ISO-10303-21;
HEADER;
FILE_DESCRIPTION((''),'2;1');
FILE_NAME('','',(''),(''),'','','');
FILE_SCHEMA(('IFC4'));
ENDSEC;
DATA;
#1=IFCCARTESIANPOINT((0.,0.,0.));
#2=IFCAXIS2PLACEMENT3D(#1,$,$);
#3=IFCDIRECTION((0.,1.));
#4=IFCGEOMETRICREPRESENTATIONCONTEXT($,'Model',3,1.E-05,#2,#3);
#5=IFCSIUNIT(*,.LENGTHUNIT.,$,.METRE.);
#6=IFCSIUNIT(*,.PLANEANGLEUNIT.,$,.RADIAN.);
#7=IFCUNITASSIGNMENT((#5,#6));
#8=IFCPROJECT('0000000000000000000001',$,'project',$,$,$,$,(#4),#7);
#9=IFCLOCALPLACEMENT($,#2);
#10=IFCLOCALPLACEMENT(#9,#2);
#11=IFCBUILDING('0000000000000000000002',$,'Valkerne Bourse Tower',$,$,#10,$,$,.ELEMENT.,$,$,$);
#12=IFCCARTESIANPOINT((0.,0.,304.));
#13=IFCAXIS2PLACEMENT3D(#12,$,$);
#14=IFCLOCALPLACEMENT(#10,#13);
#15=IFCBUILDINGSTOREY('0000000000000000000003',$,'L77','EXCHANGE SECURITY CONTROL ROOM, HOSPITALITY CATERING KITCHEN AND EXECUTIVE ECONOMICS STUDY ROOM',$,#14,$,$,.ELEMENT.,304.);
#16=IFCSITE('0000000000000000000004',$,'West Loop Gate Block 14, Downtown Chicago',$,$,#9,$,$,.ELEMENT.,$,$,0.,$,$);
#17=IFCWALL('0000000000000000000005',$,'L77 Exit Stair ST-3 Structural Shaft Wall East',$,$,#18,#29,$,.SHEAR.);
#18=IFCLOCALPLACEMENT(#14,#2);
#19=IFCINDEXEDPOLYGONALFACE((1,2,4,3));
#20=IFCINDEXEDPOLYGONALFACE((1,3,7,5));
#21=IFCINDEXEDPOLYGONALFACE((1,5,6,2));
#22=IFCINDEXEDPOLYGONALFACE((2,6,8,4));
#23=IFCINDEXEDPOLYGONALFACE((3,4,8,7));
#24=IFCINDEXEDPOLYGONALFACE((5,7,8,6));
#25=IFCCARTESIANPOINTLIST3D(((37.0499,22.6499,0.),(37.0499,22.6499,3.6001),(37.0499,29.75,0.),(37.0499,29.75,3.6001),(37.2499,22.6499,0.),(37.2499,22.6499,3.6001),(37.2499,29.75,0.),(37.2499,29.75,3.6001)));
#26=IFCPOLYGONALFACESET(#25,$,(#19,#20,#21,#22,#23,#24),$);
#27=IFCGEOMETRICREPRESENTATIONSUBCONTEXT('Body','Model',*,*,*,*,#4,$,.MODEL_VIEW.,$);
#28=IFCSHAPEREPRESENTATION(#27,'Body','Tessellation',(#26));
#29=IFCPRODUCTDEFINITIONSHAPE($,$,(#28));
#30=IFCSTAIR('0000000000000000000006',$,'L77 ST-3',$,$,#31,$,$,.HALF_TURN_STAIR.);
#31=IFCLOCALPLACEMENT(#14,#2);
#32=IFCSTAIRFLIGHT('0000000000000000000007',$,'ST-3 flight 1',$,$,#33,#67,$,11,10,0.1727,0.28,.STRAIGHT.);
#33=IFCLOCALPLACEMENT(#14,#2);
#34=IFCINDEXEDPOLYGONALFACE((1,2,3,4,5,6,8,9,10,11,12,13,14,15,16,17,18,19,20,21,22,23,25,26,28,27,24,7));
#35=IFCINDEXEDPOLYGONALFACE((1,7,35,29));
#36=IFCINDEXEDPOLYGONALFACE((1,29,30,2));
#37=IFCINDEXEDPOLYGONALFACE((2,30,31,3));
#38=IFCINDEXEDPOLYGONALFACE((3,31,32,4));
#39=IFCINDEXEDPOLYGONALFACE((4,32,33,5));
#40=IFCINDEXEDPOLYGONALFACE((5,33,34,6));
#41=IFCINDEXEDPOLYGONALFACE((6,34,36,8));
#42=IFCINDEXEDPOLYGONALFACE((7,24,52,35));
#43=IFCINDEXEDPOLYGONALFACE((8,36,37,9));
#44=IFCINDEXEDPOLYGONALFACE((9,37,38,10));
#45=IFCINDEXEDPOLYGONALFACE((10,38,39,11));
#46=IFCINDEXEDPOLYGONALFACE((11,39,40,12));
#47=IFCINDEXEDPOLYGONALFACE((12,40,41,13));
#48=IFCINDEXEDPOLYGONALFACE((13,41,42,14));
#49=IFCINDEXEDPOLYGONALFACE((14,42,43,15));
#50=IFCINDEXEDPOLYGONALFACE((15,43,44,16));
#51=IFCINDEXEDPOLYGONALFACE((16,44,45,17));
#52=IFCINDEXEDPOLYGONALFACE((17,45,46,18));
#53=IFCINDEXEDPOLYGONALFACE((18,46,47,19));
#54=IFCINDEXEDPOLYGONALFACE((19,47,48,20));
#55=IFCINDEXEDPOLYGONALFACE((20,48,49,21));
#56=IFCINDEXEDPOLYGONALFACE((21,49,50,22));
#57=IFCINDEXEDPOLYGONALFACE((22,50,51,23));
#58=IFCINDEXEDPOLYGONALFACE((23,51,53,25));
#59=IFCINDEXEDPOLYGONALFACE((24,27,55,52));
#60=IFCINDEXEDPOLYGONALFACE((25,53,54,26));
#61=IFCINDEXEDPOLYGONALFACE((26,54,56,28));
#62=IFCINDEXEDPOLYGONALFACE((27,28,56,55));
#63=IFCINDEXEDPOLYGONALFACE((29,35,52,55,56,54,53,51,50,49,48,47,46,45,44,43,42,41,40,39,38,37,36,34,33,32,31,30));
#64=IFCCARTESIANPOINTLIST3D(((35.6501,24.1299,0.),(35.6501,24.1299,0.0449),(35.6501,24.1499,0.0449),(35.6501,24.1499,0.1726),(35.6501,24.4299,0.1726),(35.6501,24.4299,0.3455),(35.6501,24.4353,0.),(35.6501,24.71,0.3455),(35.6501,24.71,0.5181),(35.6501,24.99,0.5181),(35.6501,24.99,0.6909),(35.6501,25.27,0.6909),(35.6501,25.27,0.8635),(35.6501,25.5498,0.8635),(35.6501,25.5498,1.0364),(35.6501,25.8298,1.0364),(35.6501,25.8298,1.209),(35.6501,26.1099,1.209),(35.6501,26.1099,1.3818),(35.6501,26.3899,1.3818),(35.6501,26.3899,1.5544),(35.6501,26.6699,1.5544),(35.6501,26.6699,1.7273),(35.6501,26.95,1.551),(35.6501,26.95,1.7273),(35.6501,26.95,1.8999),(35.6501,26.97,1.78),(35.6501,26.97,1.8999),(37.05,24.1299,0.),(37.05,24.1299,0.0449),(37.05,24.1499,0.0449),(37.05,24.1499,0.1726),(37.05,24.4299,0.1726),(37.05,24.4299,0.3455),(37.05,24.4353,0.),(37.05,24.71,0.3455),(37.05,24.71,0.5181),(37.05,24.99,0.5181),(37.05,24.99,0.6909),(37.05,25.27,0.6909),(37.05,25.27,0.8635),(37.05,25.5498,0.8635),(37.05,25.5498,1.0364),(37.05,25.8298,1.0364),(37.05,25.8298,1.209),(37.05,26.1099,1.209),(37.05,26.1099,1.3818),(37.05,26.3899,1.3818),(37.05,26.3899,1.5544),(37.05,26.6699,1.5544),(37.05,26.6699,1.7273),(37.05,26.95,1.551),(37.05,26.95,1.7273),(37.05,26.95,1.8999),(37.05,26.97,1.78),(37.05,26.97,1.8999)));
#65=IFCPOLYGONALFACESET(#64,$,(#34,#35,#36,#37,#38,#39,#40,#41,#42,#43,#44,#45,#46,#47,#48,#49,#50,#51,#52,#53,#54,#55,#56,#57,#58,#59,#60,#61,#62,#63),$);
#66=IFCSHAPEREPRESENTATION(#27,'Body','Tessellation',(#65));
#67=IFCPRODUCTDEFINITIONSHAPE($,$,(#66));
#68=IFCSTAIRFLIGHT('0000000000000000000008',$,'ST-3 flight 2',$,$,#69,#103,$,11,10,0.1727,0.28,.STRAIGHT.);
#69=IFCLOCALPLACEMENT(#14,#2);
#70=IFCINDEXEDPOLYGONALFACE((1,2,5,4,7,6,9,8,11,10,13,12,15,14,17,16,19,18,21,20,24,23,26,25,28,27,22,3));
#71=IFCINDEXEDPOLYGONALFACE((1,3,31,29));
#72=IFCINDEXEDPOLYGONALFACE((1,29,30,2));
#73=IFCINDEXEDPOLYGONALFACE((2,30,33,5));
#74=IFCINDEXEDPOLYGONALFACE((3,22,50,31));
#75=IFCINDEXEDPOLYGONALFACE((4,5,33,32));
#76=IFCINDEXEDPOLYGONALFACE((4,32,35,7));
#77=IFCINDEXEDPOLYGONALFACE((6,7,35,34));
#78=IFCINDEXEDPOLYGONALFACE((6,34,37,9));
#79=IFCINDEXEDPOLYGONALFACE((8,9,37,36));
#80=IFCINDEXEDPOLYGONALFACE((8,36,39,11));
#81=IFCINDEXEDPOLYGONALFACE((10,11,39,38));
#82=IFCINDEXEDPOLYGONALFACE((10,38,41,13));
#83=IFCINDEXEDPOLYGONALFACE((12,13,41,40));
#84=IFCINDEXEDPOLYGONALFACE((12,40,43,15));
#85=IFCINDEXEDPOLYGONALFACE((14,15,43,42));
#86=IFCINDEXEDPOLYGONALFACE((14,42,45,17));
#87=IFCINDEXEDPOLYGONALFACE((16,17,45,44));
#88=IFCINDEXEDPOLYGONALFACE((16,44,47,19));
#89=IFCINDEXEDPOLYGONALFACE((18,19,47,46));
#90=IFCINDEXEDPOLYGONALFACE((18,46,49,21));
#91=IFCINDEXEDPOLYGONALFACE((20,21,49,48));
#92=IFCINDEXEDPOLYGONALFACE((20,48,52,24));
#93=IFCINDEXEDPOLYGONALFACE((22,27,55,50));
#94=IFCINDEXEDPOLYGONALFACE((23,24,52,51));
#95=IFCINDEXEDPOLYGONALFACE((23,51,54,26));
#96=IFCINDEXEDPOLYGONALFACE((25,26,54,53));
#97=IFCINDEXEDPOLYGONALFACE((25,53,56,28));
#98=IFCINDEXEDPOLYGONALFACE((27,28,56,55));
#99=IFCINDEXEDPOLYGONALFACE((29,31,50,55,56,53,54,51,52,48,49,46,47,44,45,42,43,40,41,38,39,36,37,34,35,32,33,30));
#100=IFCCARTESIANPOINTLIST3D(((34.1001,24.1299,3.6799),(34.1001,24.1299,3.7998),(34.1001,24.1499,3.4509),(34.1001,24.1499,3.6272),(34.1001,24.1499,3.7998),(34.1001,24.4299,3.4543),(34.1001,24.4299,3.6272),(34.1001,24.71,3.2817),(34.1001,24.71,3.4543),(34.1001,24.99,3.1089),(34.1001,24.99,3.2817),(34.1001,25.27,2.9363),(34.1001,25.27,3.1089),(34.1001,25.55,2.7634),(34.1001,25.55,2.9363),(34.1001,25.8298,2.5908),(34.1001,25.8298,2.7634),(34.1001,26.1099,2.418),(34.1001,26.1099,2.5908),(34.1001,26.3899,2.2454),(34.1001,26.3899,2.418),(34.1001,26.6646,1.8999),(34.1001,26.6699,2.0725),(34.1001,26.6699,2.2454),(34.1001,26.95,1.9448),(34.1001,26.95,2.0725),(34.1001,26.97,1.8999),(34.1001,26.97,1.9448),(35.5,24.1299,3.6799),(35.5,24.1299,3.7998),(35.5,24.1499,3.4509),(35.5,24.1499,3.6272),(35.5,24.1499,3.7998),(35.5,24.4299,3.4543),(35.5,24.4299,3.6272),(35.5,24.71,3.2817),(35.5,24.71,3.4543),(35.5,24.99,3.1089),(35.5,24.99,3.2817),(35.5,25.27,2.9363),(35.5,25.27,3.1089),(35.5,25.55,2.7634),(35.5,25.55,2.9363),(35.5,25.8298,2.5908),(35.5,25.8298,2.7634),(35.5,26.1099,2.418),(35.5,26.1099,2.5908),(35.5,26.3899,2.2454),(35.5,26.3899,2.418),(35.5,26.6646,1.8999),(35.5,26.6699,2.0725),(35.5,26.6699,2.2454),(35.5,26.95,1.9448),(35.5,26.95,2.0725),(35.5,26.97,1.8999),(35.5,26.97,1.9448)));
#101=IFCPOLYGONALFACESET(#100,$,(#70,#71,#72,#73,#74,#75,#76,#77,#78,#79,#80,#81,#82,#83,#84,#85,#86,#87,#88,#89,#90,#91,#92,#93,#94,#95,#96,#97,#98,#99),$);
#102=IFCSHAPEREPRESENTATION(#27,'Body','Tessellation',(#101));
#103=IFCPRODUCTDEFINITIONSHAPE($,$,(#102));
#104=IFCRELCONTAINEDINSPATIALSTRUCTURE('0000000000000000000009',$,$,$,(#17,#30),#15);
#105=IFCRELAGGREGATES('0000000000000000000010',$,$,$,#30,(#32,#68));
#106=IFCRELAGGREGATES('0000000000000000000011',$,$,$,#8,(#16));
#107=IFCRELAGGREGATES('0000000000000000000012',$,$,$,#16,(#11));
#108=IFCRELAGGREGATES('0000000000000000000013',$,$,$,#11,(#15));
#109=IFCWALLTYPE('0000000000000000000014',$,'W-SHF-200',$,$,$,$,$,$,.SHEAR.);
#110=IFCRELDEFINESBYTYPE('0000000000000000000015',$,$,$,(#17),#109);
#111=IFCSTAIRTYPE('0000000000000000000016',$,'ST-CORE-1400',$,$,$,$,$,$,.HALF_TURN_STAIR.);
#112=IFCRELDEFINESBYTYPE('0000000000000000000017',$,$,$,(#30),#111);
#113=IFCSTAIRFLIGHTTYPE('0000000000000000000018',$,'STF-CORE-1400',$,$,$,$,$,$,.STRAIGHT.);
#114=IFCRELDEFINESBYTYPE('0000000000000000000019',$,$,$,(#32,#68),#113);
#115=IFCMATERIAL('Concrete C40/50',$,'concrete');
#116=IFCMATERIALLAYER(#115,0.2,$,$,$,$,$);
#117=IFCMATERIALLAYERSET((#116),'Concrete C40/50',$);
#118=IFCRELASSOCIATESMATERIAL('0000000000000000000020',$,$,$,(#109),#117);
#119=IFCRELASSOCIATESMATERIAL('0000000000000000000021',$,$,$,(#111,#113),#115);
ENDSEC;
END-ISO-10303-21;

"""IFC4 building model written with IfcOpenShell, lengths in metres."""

from ifc_helpers import new_model, si_unit, direction, frame, frame_2d, origin, place, context, subcontext, project, spatial, polyline, rectangle, outline, extrude, material, layer, layer_set, type_object, element, aggregate, save


model = new_model("IFC4")

# Units and contexts
model_context = context("Model", 3, precision=1e-05, world=origin(), true_north=direction((0.0, 1.0)))
body_context = subcontext(model_context, "Body", "Model", "MODEL_VIEW")
ifc_project = project(units=[si_unit("LENGTHUNIT", "METRE"), si_unit("PLANEANGLEUNIT", "RADIAN")], contexts=[model_context])

# Site, building, storey
site_placement = place(None, origin())
site = spatial("IfcSite", under=ifc_project, at=site_placement, Name="West Loop Gate Block 14, Downtown Chicago", CompositionType="ELEMENT", RefElevation=0.0)
building_placement = place(site_placement, origin())
building = spatial("IfcBuilding", under=site, at=building_placement, Name="Valkerne Bourse Tower", CompositionType="ELEMENT")
storey_placement = place(building_placement, frame((0.0, 0.0, 304.0)))
storey = spatial("IfcBuildingStorey", under=building, at=storey_placement, Name="L77", Description="EXCHANGE SECURITY CONTROL ROOM, HOSPITALITY CATERING KITCHEN AND EXECUTIVE ECONOMICS STUDY ROOM", CompositionType="ELEMENT", Elevation=304.0)

# Wall
ifc_material_1 = material(Name="Concrete C40/50", Category="concrete")
ifc_layer_1 = layer(ifc_material_1, 0.2)
ifc_layer_set_1 = layer_set([ifc_layer_1], Name="Concrete C40/50")
wall_type_1 = type_object("IfcWallType", Name="W-SHF-200", PredefinedType="SHEAR", material=ifc_layer_set_1)
wall_1_placement = place(storey_placement, frame((37.1499, 22.6499, 0.0), z_axis=(0.0, 0.0, 1.0), x_axis=(0.0, 1.0, 0.0)))
element("IfcWall", 1, at=wall_1_placement, inside=storey, type_object=wall_type_1, Name="L77 Exit Stair ST-3 Structural Shaft Wall East", PredefinedType="SHEAR", context=body_context, shape_type="SweptSolid", body=[
    extrude(rectangle(XDim=7.1001, YDim=0.2, at=frame_2d((3.55, 0.0))), origin(), (0.0, 0.0, 1.0), 3.6001),
])

# Stair, stair flights
stair_type = type_object("IfcStairType", Name="ST-CORE-1400", PredefinedType="HALF_TURN_STAIR", material=ifc_material_1)
stair_placement = place(storey_placement, origin())
stair = element("IfcStair", 2, at=stair_placement, inside=storey, type_object=stair_type, Name="L77 ST-3", PredefinedType="HALF_TURN_STAIR")
stair_flight_type = type_object("IfcStairFlightType", Name="STF-CORE-1400", PredefinedType="STRAIGHT", material=ifc_material_1)
stair_flight_1_placement = place(storey_placement, frame((36.3501, 24.1499, 0.0), z_axis=(0.0, 0.0, 1.0), x_axis=(0.0, 1.0, 0.0)))
stair_flight_1 = element("IfcStairFlight", 3, at=stair_flight_1_placement, type_object=stair_flight_type, Name="ST-3 flight 1", NumberOfRisers=11, NumberOfTreads=10, PredefinedType="STRAIGHT", RiserHeight=0.1727, TreadLength=0.28, context=body_context, shape_type="SweptSolid", body=[
    extrude(outline(polyline([(-0.02, 0.0), (-0.02, 0.0449), (0.0, 0.0449), (0.0, 0.1726), (0.28, 0.1726), (0.28, 0.3455), (0.5601, 0.3455), (0.5601, 0.5181), (0.8401, 0.5181), (0.8401, 0.6909), (1.1201, 0.6909), (1.1201, 0.8635), (1.3999, 0.8635), (1.3999, 1.0364), (1.6799, 1.0364), (1.6799, 1.209), (1.96, 1.209), (1.96, 1.3818), (2.24, 1.3818), (2.24, 1.5544), (2.52, 1.5544), (2.52, 1.7273), (2.8, 1.7273), (2.8, 1.8999), (2.8201, 1.8999), (2.8201, 1.78), (2.8, 1.551), (0.2854, 0.0), (-0.02, 0.0)])), frame((0.0, 0.7, 0.0), z_axis=(0.0, -1.0, 0.0), x_axis=(1.0, 0.0, 0.0)), (0.0, 0.0, 1.0), 1.3999),
])
stair_flight_2_placement = place(storey_placement, frame((34.8, 26.95, 1.8999), z_axis=(0.0, 0.0, 1.0), x_axis=(0.0, -1.0, 0.0)))
stair_flight_2 = element("IfcStairFlight", 4, at=stair_flight_2_placement, type_object=stair_flight_type, Name="ST-3 flight 2", NumberOfRisers=11, NumberOfTreads=10, PredefinedType="STRAIGHT", RiserHeight=0.1727, TreadLength=0.28, context=body_context, shape_type="SweptSolid", body=[
    extrude(outline(polyline([(-0.02, 0.0), (-0.02, 0.0449), (0.0, 0.0449), (0.0, 0.1726), (0.28, 0.1726), (0.28, 0.3455), (0.5601, 0.3455), (0.5601, 0.5181), (0.8401, 0.5181), (0.8401, 0.6909), (1.1201, 0.6909), (1.1201, 0.8635), (1.3999, 0.8635), (1.3999, 1.0364), (1.6799, 1.0364), (1.6799, 1.209), (1.96, 1.209), (1.96, 1.3818), (2.24, 1.3818), (2.24, 1.5544), (2.52, 1.5544), (2.52, 1.7273), (2.8, 1.7273), (2.8, 1.8999), (2.8201, 1.8999), (2.8201, 1.78), (2.8, 1.551), (0.2854, 0.0), (-0.02, 0.0)])), frame((0.0, 0.7, 0.0), z_axis=(0.0, -1.0, 0.0), x_axis=(1.0, 0.0, 0.0)), (0.0, 0.0, 1.0), 1.3999),
])
aggregate(stair, [stair_flight_1, stair_flight_2])

save(model, "model.ifc")
